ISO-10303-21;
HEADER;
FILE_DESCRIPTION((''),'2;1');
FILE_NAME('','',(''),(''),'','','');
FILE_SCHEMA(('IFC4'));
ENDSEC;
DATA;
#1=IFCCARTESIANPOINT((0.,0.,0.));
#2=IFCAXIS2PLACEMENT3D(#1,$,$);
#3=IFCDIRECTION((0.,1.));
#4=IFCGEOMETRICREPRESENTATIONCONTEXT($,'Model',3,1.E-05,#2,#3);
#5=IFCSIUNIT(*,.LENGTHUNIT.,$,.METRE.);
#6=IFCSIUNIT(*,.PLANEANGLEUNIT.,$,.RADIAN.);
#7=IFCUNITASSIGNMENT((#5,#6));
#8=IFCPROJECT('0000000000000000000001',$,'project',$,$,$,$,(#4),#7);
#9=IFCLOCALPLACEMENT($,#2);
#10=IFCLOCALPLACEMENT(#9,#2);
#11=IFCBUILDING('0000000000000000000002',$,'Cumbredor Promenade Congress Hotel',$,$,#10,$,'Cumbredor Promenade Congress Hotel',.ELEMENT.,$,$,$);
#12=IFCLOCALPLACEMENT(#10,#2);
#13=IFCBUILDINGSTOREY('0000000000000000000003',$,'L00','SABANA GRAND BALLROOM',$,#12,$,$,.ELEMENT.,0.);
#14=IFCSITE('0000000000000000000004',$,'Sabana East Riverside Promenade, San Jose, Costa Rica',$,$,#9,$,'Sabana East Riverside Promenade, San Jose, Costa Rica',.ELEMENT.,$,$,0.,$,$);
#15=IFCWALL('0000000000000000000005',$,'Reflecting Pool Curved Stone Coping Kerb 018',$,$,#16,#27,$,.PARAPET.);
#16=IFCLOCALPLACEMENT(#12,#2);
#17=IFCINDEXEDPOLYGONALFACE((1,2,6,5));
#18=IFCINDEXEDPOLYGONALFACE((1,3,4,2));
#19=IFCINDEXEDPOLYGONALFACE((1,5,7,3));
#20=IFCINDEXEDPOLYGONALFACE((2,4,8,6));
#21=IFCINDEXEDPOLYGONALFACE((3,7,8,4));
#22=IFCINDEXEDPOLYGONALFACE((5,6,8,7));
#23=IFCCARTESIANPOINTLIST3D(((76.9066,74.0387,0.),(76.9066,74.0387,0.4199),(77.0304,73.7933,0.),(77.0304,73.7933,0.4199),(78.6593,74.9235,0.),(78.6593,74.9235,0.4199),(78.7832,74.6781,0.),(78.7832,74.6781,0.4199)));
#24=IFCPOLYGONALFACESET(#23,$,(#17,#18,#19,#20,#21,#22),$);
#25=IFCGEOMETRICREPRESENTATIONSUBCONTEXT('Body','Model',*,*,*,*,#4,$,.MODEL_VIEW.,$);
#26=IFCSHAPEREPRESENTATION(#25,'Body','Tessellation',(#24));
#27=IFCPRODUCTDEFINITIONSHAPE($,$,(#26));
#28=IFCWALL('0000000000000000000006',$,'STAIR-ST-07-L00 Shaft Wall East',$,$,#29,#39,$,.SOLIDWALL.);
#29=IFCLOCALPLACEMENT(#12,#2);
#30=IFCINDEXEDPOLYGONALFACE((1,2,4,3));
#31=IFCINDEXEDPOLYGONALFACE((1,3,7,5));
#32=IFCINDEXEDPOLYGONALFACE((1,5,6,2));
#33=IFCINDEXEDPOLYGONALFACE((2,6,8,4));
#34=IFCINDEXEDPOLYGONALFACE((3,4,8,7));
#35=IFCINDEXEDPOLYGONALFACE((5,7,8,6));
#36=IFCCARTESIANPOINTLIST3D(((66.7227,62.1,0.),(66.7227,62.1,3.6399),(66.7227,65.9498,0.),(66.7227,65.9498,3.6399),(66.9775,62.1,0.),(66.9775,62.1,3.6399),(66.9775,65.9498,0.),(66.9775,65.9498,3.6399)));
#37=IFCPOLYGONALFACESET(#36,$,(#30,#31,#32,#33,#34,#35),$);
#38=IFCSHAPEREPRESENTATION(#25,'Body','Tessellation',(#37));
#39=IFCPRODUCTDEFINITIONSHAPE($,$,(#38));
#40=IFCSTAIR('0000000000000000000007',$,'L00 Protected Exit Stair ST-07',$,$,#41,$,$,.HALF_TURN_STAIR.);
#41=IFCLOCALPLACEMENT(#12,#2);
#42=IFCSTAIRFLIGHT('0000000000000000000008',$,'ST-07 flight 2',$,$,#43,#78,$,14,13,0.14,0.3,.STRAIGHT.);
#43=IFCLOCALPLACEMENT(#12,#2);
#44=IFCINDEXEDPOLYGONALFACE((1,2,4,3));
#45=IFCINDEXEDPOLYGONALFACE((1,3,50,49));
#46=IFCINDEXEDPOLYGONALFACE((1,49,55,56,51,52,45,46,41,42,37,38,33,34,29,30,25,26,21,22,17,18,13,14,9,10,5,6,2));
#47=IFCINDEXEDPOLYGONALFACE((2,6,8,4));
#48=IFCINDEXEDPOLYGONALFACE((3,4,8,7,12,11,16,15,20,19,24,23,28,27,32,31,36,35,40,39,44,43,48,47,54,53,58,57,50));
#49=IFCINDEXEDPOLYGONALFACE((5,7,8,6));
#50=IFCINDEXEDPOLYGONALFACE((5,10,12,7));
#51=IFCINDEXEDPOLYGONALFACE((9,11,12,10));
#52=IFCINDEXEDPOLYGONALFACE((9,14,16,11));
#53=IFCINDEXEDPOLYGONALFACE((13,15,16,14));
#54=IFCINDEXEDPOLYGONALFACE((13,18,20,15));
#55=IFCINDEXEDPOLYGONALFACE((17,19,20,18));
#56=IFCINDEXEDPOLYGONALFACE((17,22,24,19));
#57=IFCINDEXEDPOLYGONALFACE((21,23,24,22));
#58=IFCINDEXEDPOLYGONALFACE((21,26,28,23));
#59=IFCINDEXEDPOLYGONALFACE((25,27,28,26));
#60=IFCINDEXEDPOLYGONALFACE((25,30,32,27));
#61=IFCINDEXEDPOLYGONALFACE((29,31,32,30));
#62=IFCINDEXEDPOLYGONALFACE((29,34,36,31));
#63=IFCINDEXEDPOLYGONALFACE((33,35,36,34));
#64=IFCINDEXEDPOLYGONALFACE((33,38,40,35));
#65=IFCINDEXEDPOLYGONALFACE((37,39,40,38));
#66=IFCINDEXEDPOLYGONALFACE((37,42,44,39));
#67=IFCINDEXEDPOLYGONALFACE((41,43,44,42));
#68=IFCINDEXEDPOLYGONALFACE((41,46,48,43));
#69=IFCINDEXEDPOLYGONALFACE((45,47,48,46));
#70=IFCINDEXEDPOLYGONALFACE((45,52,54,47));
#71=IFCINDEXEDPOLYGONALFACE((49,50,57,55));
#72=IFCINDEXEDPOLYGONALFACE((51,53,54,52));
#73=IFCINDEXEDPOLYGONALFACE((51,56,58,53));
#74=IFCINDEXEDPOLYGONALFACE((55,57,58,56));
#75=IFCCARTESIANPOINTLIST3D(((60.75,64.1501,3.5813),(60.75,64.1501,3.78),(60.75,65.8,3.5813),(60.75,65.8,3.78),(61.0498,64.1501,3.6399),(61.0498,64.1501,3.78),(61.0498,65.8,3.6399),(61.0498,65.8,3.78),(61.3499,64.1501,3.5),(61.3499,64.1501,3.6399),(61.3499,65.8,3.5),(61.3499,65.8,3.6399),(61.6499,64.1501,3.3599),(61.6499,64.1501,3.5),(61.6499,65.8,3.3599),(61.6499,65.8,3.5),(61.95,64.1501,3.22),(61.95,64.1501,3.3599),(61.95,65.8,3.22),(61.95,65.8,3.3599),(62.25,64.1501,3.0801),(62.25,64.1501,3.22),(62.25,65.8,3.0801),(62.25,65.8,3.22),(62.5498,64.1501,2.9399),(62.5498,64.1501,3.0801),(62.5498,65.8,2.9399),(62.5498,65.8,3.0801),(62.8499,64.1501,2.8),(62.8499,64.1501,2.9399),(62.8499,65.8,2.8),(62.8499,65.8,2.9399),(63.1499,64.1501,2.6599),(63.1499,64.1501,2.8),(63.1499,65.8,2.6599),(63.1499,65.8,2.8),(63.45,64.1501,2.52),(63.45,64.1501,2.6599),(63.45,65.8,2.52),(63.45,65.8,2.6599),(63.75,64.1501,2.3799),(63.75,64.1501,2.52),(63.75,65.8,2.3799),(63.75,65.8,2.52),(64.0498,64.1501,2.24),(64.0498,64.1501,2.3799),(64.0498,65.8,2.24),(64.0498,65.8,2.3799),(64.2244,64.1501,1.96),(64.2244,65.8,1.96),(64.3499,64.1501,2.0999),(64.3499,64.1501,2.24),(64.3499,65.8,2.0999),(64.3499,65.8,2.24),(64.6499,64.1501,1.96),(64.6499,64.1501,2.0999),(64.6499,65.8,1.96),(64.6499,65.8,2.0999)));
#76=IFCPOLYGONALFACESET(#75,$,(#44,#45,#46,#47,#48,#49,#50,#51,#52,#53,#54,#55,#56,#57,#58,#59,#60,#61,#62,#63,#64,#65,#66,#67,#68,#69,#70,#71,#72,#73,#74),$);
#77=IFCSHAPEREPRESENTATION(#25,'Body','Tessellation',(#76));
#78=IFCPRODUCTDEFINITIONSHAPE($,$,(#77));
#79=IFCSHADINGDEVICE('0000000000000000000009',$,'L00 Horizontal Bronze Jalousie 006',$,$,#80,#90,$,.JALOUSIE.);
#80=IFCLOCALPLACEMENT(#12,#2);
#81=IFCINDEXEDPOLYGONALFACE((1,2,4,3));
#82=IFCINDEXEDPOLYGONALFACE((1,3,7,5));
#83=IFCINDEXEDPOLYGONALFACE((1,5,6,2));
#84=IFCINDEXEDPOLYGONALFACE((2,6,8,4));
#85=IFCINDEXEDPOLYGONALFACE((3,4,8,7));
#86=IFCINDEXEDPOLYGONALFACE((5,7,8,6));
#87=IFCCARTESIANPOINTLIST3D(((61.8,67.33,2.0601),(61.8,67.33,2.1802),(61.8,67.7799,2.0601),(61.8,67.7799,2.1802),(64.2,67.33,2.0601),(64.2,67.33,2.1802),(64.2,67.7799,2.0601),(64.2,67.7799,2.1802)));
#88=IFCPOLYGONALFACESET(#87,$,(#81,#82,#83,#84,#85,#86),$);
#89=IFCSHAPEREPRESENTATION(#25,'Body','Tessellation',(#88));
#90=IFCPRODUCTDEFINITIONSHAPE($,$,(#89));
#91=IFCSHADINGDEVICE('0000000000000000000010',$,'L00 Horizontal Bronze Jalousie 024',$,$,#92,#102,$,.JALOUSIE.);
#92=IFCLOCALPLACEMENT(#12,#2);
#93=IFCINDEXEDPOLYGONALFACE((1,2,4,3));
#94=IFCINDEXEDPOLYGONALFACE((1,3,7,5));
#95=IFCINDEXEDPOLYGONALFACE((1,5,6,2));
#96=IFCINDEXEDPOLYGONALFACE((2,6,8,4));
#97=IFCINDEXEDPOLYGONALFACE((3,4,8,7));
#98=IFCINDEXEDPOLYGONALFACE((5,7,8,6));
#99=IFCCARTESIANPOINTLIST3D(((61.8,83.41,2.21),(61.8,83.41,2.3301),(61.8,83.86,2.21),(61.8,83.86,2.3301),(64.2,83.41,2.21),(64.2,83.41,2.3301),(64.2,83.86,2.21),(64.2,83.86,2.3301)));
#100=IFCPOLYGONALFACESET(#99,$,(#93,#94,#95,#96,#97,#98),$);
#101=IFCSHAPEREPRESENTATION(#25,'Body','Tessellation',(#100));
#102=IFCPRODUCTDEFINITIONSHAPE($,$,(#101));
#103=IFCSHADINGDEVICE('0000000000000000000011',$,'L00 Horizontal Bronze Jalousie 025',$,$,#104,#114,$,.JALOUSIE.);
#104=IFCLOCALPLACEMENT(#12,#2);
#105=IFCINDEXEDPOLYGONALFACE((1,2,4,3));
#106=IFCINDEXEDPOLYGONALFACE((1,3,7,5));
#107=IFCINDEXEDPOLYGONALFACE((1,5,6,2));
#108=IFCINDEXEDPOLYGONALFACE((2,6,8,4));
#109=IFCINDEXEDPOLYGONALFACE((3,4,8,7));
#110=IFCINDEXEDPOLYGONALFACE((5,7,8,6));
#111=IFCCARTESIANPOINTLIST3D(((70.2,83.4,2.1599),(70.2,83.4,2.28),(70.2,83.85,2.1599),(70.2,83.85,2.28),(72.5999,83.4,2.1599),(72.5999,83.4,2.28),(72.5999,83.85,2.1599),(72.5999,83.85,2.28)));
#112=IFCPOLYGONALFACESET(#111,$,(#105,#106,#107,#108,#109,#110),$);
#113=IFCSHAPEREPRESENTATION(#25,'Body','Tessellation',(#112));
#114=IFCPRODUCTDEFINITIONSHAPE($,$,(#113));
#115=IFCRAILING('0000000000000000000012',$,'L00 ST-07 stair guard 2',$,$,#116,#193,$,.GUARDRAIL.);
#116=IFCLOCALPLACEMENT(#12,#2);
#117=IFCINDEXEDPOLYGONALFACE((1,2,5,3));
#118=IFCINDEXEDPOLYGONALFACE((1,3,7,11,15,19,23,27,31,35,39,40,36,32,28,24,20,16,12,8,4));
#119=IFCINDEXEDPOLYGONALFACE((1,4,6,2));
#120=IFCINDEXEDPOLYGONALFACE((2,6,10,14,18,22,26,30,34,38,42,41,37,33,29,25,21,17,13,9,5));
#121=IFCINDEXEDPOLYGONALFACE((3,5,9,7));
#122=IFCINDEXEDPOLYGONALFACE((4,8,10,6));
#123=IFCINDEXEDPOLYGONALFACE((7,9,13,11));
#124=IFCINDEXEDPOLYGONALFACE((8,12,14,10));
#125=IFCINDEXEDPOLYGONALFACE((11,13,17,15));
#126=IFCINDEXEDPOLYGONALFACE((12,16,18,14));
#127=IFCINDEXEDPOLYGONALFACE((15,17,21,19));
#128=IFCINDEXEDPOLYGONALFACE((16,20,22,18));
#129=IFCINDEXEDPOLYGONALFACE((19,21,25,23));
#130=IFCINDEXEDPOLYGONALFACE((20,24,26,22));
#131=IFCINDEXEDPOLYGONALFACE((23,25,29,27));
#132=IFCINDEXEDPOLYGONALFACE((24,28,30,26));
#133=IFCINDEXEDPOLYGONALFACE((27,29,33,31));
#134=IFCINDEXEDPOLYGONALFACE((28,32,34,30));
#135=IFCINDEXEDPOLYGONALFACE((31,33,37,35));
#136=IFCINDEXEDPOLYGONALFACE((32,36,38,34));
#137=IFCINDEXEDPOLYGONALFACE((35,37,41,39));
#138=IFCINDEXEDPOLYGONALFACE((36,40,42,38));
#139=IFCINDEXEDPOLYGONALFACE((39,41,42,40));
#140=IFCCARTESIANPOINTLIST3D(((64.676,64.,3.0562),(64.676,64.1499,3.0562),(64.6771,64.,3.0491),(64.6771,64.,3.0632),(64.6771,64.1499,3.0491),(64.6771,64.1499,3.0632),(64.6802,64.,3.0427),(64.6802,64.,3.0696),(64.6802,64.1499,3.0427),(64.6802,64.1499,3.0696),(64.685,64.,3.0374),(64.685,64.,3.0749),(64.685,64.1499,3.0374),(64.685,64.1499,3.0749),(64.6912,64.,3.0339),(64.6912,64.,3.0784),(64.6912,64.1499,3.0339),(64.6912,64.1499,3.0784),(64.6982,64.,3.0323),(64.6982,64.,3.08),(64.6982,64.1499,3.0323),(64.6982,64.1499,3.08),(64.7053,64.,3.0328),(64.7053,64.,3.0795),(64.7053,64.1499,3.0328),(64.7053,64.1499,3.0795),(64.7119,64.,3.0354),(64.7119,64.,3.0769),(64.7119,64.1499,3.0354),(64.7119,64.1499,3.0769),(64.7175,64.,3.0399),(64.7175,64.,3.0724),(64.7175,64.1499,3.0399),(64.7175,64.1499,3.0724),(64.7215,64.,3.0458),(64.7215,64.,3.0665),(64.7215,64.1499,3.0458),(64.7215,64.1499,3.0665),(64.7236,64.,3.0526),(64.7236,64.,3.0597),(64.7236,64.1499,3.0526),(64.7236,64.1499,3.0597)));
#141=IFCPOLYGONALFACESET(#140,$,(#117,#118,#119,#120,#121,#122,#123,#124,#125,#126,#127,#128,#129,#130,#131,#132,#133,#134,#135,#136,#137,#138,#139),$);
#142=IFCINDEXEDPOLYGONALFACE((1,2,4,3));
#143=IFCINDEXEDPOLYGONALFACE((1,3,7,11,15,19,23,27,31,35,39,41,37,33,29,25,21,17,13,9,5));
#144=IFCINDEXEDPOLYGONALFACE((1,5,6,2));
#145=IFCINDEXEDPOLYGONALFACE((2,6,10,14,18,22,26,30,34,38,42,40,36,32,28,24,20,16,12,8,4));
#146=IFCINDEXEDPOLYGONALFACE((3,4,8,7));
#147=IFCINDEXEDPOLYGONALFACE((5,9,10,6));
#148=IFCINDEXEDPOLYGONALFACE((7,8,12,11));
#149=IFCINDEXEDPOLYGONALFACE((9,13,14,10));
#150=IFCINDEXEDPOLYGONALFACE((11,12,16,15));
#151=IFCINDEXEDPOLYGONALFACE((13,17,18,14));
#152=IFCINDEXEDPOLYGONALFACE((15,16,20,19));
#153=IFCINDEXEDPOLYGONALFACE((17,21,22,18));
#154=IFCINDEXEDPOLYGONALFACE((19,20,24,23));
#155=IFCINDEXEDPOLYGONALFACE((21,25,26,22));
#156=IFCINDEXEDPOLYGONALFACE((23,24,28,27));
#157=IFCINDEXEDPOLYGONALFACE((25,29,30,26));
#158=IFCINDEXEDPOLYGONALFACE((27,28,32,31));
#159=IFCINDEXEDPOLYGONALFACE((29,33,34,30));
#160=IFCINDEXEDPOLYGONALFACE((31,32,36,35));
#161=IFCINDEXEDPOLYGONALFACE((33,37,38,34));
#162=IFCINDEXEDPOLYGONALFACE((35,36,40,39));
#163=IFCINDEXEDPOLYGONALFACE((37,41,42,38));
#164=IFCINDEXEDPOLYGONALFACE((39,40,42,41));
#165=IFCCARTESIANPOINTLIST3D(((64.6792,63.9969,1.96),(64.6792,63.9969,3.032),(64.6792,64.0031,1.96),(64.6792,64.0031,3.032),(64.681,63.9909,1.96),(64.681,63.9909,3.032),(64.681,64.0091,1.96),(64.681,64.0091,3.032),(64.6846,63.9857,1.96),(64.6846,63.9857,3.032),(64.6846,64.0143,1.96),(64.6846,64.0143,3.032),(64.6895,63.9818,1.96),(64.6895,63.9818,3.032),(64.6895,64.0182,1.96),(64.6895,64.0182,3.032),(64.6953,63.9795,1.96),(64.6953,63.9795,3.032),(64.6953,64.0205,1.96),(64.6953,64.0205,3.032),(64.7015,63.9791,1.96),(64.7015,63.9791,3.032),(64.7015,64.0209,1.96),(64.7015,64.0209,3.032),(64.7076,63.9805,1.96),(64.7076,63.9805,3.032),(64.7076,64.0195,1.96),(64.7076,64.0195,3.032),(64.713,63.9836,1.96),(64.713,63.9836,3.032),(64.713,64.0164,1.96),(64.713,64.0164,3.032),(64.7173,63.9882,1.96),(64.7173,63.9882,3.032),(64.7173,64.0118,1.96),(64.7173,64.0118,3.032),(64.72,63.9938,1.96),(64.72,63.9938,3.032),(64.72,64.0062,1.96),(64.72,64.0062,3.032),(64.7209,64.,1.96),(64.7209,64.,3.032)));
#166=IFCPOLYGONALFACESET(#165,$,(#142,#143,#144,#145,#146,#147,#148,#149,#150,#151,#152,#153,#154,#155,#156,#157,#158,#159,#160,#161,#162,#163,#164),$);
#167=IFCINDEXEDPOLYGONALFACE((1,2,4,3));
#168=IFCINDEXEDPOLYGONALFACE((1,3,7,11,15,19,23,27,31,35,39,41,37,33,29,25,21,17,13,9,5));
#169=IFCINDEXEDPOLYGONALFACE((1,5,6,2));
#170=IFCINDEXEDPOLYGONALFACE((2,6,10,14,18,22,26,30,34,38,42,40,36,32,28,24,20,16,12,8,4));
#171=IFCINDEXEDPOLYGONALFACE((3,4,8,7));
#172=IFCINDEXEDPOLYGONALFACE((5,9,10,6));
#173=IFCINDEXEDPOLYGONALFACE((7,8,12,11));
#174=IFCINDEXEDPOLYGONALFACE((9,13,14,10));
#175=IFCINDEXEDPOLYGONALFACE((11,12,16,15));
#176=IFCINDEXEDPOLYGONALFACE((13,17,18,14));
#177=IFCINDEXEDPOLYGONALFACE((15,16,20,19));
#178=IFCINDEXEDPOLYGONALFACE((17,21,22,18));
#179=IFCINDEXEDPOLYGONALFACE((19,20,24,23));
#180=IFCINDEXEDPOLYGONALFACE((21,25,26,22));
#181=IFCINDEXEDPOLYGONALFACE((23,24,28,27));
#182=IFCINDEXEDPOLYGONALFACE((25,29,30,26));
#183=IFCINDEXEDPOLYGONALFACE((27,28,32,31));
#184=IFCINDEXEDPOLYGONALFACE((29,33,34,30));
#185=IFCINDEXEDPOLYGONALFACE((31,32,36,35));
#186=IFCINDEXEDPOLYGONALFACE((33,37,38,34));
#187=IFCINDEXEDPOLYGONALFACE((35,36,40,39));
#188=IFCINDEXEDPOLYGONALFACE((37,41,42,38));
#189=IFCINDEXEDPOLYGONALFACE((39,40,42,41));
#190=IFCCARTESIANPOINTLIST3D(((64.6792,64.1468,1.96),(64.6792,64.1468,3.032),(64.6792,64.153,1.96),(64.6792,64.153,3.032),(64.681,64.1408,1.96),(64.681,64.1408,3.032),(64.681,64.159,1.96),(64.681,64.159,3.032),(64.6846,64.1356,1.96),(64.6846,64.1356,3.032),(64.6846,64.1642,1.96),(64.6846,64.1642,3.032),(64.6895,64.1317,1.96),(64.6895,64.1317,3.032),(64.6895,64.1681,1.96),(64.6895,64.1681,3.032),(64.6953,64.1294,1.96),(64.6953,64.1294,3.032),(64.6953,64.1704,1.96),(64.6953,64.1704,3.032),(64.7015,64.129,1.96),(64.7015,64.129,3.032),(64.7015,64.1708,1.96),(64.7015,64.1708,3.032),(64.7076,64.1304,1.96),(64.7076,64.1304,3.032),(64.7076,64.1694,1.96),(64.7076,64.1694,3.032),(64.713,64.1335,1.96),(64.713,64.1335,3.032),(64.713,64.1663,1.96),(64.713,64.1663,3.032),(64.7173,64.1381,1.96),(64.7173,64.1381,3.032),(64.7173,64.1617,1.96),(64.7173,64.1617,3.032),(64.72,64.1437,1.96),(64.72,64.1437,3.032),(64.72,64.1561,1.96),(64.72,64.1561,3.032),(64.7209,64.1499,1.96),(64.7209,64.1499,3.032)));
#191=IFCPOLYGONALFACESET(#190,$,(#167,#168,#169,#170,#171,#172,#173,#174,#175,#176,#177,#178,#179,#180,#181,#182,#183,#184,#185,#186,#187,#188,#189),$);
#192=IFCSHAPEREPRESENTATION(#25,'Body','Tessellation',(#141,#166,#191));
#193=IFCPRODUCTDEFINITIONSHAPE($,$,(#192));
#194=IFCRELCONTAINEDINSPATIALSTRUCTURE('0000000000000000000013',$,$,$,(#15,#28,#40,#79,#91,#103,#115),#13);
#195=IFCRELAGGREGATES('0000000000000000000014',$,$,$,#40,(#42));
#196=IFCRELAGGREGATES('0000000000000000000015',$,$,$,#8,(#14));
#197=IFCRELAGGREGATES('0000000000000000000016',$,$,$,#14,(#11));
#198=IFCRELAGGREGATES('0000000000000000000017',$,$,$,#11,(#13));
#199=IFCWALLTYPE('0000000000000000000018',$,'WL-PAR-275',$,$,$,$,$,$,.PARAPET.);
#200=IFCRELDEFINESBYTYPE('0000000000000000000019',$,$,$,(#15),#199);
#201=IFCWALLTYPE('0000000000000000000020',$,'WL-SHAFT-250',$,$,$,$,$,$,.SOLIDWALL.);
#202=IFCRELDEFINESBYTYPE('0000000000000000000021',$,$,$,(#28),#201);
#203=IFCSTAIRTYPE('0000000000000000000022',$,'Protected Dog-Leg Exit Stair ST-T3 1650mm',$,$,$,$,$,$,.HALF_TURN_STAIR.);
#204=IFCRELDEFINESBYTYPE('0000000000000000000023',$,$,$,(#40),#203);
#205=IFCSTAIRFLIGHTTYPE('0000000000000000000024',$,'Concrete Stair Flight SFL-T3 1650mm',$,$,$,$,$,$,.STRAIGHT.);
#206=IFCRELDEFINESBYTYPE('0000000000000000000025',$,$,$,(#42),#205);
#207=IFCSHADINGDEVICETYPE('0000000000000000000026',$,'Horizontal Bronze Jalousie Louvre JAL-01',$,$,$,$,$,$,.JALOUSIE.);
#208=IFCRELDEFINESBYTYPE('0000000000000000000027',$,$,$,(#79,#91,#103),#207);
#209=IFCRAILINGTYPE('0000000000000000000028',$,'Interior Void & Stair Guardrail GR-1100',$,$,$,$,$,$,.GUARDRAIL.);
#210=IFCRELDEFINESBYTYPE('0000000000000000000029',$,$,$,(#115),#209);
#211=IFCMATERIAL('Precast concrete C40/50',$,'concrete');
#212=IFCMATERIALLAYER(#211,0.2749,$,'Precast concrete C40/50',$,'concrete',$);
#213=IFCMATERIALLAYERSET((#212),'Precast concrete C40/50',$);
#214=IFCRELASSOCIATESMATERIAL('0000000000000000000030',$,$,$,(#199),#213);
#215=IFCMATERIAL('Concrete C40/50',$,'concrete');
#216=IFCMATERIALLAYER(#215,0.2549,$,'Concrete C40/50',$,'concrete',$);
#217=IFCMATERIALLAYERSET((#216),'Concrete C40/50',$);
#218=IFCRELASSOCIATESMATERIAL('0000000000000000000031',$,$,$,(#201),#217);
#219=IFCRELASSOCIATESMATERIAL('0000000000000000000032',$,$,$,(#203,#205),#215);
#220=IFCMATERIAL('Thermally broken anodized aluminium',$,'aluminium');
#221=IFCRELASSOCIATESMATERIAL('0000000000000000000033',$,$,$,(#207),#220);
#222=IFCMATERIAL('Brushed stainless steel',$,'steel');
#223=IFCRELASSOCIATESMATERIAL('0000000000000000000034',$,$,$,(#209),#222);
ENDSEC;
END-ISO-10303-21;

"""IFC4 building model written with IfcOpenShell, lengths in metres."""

from ifc_helpers import new_model, si_unit, direction, frame, frame_2d, origin, origin_2d, place, context, subcontext, project, spatial, polyline, rectangle, circle, outline, extrude, material, layer, layer_set, type_object, element, aggregate, save


model = new_model("IFC4")

# Units and contexts
model_context = context("Model", 3, precision=1e-05, world=origin(), true_north=direction((0.0, 1.0)))
body_context = subcontext(model_context, "Body", "Model", "MODEL_VIEW")
ifc_project = project(units=[si_unit("LENGTHUNIT", "METRE"), si_unit("PLANEANGLEUNIT", "RADIAN")], contexts=[model_context])

# Site, building, storey
site_placement = place(None, origin())
site = spatial("IfcSite", under=ifc_project, at=site_placement, Name="Sabana East Riverside Promenade, San Jose, Costa Rica", LongName="Sabana East Riverside Promenade, San Jose, Costa Rica", CompositionType="ELEMENT", RefElevation=0.0)
building_placement = place(site_placement, origin())
building = spatial("IfcBuilding", under=site, at=building_placement, Name="Cumbredor Promenade Congress Hotel", LongName="Cumbredor Promenade Congress Hotel", CompositionType="ELEMENT")
storey_placement = place(building_placement, origin())
storey = spatial("IfcBuildingStorey", under=building, at=storey_placement, Name="L00", Description="SABANA GRAND BALLROOM", CompositionType="ELEMENT", Elevation=0.0)

# Shared definitions
ifc_material_1 = material(Name="Thermally broken anodized aluminium", Category="aluminium")

# Walls
ifc_material_2 = material(Name="Precast concrete C40/50", Category="concrete")
ifc_layer_1 = layer(ifc_material_2, 0.2749, Name="Precast concrete C40/50", Category="concrete")
ifc_layer_set_1 = layer_set([ifc_layer_1], Name="Precast concrete C40/50")
wall_type_1 = type_object("IfcWallType", Name="WL-PAR-275", PredefinedType="PARAPET", material=ifc_layer_set_1)
for number, where, z_axis, x_axis, name in (
    (1, (76.9685, 73.916, 0.0), (0.0, 0.0, 1.0), (0.892705, 0.450642, 0.0), "Reflecting Pool Curved Stone Coping Kerb 018"),
):
    element("IfcWall", number, at=place(storey_placement, frame(where, z_axis=z_axis, x_axis=x_axis)), inside=storey, type_object=wall_type_1, Name=name, PredefinedType="PARAPET", context=body_context, shape_type="SweptSolid", body=[
        extrude(rectangle(XDim=1.9634, YDim=0.2749, at=frame_2d((0.9817, 0.0))), origin(), (0.0, 0.0, 1.0), 0.4199),
    ])
ifc_material_3 = material(Name="Concrete C40/50", Category="concrete")
ifc_layer_2 = layer(ifc_material_3, 0.2549, Name="Concrete C40/50", Category="concrete")
ifc_layer_set_2 = layer_set([ifc_layer_2], Name="Concrete C40/50")
wall_type_2 = type_object("IfcWallType", Name="WL-SHAFT-250", PredefinedType="SOLIDWALL", material=ifc_layer_set_2)
wall_1_placement = place(storey_placement, frame((66.8501, 62.1001, 0.0), z_axis=(0.0, 0.0, 1.0), x_axis=(0.0, 1.0, 0.0)))
element("IfcWall", 2, at=wall_1_placement, inside=storey, type_object=wall_type_2, Name="STAIR-ST-07-L00 Shaft Wall East", PredefinedType="SOLIDWALL", context=body_context, shape_type="SweptSolid", body=[
    extrude(rectangle(XDim=3.8499, YDim=0.2549, at=frame_2d((1.9248, 0.0))), origin(), (0.0, 0.0, 1.0), 3.6399),
])

# Stair, stair flight
stair_type = type_object("IfcStairType", Name="Protected Dog-Leg Exit Stair ST-T3 1650mm", PredefinedType="HALF_TURN_STAIR", material=ifc_material_3)
stair_placement = place(storey_placement, origin())
stair = element("IfcStair", 3, at=stair_placement, inside=storey, type_object=stair_type, Name="L00 Protected Exit Stair ST-07", PredefinedType="HALF_TURN_STAIR")
stair_flight_type = type_object("IfcStairFlightType", Name="Concrete Stair Flight SFL-T3 1650mm", PredefinedType="STRAIGHT", material=ifc_material_3)
stair_flight_placement = place(storey_placement, frame((64.6499, 64.9751, 1.96), z_axis=(0.0, 0.0, 1.0), x_axis=(-1.0, 0.0, 0.0)))
stair_flight = element("IfcStairFlight", 4, at=stair_flight_placement, type_object=stair_flight_type, Name="ST-07 flight 2", NumberOfRisers=14, NumberOfTreads=13, PredefinedType="STRAIGHT", RiserHeight=0.14, TreadLength=0.3, context=body_context, shape_type="SweptSolid", body=[
    extrude(outline(polyline([(0.0, 0.0), (0.0, 0.1399), (0.3, 0.1399), (0.3, 0.28), (0.6001, 0.28), (0.6001, 0.4199), (0.8999, 0.4199), (0.8999, 0.5601), (1.2, 0.5601), (1.2, 0.7), (1.5, 0.7), (1.5, 0.8401), (1.8, 0.8401), (1.8, 0.98), (2.1001, 0.98), (2.1001, 1.1201), (2.3999, 1.1201), (2.3999, 1.26), (2.7, 1.26), (2.7, 1.3999), (3.0, 1.3999), (3.0, 1.54), (3.3, 1.54), (3.3, 1.6799), (3.6001, 1.6799), (3.6001, 1.8201), (3.8999, 1.8201), (3.8999, 1.96), (3.8999, 1.6213), (0.4255, 0.0), (0.0, 0.0)])), frame((0.0, 0.825, 0.0), z_axis=(0.0, -1.0, 0.0), x_axis=(1.0, 0.0, 0.0)), (0.0, 0.0, 1.0), 1.6499),
])
aggregate(stair, [stair_flight])

# Shading devices
shading_device_type = type_object("IfcShadingDeviceType", Name="Horizontal Bronze Jalousie Louvre JAL-01", PredefinedType="JALOUSIE", material=ifc_material_1)
for number, where, z_axis, x_axis, name in (
    (5, (63.0, 67.5549, 2.0601), (0.0, 0.0, 1.0), (1.0, 0.0, 0.0), "L00 Horizontal Bronze Jalousie 006"),
    (6, (63.0, 83.635, 2.21), (0.0, 0.0, 1.0), (1.0, 0.0, 0.0), "L00 Horizontal Bronze Jalousie 024"),
    (7, (71.3999, 83.625, 2.1599), (0.0, 0.0, 1.0), (1.0, 0.0, 0.0), "L00 Horizontal Bronze Jalousie 025"),
):
    element("IfcShadingDevice", number, at=place(storey_placement, frame(where, z_axis=z_axis, x_axis=x_axis)), inside=storey, type_object=shading_device_type, Name=name, PredefinedType="JALOUSIE", context=body_context, shape_type="SweptSolid", body=[
        extrude(rectangle(XDim=2.3999, YDim=0.45, at=origin_2d()), origin(), (0.0, 0.0, 1.0), 0.1201),
    ])

# Railing
ifc_material_4 = material(Name="Brushed stainless steel", Category="steel")
railing_type_1 = type_object("IfcRailingType", Name="Interior Void & Stair Guardrail GR-1100", PredefinedType="GUARDRAIL", material=ifc_material_4)
railing_1_placement = place(storey_placement, frame((64.7, 64.0, 1.96)))
element("IfcRailing", 8, at=railing_1_placement, inside=storey, type_object=railing_type_1, Name="L00 ST-07 stair guard 2", PredefinedType="GUARDRAIL", context=body_context, shape_type="SweptSolid", body=[
    extrude(circle(Radius=0.0239, at=origin_2d()), frame((0.0, 0.0, 1.0962), z_axis=(0.0, 1.0, 0.0), x_axis=(-1.0, 0.0, 0.0)), (0.0, 0.0, 1.0), 0.1499),
    extrude(circle(Radius=0.021, at=origin_2d()), origin(), (0.0, 0.0, 1.0), 1.072),
    extrude(circle(Radius=0.021, at=origin_2d()), frame((0.0, 0.1499, 0.0)), (0.0, 0.0, 1.0), 1.072),
])

save(model, "model.ifc")
